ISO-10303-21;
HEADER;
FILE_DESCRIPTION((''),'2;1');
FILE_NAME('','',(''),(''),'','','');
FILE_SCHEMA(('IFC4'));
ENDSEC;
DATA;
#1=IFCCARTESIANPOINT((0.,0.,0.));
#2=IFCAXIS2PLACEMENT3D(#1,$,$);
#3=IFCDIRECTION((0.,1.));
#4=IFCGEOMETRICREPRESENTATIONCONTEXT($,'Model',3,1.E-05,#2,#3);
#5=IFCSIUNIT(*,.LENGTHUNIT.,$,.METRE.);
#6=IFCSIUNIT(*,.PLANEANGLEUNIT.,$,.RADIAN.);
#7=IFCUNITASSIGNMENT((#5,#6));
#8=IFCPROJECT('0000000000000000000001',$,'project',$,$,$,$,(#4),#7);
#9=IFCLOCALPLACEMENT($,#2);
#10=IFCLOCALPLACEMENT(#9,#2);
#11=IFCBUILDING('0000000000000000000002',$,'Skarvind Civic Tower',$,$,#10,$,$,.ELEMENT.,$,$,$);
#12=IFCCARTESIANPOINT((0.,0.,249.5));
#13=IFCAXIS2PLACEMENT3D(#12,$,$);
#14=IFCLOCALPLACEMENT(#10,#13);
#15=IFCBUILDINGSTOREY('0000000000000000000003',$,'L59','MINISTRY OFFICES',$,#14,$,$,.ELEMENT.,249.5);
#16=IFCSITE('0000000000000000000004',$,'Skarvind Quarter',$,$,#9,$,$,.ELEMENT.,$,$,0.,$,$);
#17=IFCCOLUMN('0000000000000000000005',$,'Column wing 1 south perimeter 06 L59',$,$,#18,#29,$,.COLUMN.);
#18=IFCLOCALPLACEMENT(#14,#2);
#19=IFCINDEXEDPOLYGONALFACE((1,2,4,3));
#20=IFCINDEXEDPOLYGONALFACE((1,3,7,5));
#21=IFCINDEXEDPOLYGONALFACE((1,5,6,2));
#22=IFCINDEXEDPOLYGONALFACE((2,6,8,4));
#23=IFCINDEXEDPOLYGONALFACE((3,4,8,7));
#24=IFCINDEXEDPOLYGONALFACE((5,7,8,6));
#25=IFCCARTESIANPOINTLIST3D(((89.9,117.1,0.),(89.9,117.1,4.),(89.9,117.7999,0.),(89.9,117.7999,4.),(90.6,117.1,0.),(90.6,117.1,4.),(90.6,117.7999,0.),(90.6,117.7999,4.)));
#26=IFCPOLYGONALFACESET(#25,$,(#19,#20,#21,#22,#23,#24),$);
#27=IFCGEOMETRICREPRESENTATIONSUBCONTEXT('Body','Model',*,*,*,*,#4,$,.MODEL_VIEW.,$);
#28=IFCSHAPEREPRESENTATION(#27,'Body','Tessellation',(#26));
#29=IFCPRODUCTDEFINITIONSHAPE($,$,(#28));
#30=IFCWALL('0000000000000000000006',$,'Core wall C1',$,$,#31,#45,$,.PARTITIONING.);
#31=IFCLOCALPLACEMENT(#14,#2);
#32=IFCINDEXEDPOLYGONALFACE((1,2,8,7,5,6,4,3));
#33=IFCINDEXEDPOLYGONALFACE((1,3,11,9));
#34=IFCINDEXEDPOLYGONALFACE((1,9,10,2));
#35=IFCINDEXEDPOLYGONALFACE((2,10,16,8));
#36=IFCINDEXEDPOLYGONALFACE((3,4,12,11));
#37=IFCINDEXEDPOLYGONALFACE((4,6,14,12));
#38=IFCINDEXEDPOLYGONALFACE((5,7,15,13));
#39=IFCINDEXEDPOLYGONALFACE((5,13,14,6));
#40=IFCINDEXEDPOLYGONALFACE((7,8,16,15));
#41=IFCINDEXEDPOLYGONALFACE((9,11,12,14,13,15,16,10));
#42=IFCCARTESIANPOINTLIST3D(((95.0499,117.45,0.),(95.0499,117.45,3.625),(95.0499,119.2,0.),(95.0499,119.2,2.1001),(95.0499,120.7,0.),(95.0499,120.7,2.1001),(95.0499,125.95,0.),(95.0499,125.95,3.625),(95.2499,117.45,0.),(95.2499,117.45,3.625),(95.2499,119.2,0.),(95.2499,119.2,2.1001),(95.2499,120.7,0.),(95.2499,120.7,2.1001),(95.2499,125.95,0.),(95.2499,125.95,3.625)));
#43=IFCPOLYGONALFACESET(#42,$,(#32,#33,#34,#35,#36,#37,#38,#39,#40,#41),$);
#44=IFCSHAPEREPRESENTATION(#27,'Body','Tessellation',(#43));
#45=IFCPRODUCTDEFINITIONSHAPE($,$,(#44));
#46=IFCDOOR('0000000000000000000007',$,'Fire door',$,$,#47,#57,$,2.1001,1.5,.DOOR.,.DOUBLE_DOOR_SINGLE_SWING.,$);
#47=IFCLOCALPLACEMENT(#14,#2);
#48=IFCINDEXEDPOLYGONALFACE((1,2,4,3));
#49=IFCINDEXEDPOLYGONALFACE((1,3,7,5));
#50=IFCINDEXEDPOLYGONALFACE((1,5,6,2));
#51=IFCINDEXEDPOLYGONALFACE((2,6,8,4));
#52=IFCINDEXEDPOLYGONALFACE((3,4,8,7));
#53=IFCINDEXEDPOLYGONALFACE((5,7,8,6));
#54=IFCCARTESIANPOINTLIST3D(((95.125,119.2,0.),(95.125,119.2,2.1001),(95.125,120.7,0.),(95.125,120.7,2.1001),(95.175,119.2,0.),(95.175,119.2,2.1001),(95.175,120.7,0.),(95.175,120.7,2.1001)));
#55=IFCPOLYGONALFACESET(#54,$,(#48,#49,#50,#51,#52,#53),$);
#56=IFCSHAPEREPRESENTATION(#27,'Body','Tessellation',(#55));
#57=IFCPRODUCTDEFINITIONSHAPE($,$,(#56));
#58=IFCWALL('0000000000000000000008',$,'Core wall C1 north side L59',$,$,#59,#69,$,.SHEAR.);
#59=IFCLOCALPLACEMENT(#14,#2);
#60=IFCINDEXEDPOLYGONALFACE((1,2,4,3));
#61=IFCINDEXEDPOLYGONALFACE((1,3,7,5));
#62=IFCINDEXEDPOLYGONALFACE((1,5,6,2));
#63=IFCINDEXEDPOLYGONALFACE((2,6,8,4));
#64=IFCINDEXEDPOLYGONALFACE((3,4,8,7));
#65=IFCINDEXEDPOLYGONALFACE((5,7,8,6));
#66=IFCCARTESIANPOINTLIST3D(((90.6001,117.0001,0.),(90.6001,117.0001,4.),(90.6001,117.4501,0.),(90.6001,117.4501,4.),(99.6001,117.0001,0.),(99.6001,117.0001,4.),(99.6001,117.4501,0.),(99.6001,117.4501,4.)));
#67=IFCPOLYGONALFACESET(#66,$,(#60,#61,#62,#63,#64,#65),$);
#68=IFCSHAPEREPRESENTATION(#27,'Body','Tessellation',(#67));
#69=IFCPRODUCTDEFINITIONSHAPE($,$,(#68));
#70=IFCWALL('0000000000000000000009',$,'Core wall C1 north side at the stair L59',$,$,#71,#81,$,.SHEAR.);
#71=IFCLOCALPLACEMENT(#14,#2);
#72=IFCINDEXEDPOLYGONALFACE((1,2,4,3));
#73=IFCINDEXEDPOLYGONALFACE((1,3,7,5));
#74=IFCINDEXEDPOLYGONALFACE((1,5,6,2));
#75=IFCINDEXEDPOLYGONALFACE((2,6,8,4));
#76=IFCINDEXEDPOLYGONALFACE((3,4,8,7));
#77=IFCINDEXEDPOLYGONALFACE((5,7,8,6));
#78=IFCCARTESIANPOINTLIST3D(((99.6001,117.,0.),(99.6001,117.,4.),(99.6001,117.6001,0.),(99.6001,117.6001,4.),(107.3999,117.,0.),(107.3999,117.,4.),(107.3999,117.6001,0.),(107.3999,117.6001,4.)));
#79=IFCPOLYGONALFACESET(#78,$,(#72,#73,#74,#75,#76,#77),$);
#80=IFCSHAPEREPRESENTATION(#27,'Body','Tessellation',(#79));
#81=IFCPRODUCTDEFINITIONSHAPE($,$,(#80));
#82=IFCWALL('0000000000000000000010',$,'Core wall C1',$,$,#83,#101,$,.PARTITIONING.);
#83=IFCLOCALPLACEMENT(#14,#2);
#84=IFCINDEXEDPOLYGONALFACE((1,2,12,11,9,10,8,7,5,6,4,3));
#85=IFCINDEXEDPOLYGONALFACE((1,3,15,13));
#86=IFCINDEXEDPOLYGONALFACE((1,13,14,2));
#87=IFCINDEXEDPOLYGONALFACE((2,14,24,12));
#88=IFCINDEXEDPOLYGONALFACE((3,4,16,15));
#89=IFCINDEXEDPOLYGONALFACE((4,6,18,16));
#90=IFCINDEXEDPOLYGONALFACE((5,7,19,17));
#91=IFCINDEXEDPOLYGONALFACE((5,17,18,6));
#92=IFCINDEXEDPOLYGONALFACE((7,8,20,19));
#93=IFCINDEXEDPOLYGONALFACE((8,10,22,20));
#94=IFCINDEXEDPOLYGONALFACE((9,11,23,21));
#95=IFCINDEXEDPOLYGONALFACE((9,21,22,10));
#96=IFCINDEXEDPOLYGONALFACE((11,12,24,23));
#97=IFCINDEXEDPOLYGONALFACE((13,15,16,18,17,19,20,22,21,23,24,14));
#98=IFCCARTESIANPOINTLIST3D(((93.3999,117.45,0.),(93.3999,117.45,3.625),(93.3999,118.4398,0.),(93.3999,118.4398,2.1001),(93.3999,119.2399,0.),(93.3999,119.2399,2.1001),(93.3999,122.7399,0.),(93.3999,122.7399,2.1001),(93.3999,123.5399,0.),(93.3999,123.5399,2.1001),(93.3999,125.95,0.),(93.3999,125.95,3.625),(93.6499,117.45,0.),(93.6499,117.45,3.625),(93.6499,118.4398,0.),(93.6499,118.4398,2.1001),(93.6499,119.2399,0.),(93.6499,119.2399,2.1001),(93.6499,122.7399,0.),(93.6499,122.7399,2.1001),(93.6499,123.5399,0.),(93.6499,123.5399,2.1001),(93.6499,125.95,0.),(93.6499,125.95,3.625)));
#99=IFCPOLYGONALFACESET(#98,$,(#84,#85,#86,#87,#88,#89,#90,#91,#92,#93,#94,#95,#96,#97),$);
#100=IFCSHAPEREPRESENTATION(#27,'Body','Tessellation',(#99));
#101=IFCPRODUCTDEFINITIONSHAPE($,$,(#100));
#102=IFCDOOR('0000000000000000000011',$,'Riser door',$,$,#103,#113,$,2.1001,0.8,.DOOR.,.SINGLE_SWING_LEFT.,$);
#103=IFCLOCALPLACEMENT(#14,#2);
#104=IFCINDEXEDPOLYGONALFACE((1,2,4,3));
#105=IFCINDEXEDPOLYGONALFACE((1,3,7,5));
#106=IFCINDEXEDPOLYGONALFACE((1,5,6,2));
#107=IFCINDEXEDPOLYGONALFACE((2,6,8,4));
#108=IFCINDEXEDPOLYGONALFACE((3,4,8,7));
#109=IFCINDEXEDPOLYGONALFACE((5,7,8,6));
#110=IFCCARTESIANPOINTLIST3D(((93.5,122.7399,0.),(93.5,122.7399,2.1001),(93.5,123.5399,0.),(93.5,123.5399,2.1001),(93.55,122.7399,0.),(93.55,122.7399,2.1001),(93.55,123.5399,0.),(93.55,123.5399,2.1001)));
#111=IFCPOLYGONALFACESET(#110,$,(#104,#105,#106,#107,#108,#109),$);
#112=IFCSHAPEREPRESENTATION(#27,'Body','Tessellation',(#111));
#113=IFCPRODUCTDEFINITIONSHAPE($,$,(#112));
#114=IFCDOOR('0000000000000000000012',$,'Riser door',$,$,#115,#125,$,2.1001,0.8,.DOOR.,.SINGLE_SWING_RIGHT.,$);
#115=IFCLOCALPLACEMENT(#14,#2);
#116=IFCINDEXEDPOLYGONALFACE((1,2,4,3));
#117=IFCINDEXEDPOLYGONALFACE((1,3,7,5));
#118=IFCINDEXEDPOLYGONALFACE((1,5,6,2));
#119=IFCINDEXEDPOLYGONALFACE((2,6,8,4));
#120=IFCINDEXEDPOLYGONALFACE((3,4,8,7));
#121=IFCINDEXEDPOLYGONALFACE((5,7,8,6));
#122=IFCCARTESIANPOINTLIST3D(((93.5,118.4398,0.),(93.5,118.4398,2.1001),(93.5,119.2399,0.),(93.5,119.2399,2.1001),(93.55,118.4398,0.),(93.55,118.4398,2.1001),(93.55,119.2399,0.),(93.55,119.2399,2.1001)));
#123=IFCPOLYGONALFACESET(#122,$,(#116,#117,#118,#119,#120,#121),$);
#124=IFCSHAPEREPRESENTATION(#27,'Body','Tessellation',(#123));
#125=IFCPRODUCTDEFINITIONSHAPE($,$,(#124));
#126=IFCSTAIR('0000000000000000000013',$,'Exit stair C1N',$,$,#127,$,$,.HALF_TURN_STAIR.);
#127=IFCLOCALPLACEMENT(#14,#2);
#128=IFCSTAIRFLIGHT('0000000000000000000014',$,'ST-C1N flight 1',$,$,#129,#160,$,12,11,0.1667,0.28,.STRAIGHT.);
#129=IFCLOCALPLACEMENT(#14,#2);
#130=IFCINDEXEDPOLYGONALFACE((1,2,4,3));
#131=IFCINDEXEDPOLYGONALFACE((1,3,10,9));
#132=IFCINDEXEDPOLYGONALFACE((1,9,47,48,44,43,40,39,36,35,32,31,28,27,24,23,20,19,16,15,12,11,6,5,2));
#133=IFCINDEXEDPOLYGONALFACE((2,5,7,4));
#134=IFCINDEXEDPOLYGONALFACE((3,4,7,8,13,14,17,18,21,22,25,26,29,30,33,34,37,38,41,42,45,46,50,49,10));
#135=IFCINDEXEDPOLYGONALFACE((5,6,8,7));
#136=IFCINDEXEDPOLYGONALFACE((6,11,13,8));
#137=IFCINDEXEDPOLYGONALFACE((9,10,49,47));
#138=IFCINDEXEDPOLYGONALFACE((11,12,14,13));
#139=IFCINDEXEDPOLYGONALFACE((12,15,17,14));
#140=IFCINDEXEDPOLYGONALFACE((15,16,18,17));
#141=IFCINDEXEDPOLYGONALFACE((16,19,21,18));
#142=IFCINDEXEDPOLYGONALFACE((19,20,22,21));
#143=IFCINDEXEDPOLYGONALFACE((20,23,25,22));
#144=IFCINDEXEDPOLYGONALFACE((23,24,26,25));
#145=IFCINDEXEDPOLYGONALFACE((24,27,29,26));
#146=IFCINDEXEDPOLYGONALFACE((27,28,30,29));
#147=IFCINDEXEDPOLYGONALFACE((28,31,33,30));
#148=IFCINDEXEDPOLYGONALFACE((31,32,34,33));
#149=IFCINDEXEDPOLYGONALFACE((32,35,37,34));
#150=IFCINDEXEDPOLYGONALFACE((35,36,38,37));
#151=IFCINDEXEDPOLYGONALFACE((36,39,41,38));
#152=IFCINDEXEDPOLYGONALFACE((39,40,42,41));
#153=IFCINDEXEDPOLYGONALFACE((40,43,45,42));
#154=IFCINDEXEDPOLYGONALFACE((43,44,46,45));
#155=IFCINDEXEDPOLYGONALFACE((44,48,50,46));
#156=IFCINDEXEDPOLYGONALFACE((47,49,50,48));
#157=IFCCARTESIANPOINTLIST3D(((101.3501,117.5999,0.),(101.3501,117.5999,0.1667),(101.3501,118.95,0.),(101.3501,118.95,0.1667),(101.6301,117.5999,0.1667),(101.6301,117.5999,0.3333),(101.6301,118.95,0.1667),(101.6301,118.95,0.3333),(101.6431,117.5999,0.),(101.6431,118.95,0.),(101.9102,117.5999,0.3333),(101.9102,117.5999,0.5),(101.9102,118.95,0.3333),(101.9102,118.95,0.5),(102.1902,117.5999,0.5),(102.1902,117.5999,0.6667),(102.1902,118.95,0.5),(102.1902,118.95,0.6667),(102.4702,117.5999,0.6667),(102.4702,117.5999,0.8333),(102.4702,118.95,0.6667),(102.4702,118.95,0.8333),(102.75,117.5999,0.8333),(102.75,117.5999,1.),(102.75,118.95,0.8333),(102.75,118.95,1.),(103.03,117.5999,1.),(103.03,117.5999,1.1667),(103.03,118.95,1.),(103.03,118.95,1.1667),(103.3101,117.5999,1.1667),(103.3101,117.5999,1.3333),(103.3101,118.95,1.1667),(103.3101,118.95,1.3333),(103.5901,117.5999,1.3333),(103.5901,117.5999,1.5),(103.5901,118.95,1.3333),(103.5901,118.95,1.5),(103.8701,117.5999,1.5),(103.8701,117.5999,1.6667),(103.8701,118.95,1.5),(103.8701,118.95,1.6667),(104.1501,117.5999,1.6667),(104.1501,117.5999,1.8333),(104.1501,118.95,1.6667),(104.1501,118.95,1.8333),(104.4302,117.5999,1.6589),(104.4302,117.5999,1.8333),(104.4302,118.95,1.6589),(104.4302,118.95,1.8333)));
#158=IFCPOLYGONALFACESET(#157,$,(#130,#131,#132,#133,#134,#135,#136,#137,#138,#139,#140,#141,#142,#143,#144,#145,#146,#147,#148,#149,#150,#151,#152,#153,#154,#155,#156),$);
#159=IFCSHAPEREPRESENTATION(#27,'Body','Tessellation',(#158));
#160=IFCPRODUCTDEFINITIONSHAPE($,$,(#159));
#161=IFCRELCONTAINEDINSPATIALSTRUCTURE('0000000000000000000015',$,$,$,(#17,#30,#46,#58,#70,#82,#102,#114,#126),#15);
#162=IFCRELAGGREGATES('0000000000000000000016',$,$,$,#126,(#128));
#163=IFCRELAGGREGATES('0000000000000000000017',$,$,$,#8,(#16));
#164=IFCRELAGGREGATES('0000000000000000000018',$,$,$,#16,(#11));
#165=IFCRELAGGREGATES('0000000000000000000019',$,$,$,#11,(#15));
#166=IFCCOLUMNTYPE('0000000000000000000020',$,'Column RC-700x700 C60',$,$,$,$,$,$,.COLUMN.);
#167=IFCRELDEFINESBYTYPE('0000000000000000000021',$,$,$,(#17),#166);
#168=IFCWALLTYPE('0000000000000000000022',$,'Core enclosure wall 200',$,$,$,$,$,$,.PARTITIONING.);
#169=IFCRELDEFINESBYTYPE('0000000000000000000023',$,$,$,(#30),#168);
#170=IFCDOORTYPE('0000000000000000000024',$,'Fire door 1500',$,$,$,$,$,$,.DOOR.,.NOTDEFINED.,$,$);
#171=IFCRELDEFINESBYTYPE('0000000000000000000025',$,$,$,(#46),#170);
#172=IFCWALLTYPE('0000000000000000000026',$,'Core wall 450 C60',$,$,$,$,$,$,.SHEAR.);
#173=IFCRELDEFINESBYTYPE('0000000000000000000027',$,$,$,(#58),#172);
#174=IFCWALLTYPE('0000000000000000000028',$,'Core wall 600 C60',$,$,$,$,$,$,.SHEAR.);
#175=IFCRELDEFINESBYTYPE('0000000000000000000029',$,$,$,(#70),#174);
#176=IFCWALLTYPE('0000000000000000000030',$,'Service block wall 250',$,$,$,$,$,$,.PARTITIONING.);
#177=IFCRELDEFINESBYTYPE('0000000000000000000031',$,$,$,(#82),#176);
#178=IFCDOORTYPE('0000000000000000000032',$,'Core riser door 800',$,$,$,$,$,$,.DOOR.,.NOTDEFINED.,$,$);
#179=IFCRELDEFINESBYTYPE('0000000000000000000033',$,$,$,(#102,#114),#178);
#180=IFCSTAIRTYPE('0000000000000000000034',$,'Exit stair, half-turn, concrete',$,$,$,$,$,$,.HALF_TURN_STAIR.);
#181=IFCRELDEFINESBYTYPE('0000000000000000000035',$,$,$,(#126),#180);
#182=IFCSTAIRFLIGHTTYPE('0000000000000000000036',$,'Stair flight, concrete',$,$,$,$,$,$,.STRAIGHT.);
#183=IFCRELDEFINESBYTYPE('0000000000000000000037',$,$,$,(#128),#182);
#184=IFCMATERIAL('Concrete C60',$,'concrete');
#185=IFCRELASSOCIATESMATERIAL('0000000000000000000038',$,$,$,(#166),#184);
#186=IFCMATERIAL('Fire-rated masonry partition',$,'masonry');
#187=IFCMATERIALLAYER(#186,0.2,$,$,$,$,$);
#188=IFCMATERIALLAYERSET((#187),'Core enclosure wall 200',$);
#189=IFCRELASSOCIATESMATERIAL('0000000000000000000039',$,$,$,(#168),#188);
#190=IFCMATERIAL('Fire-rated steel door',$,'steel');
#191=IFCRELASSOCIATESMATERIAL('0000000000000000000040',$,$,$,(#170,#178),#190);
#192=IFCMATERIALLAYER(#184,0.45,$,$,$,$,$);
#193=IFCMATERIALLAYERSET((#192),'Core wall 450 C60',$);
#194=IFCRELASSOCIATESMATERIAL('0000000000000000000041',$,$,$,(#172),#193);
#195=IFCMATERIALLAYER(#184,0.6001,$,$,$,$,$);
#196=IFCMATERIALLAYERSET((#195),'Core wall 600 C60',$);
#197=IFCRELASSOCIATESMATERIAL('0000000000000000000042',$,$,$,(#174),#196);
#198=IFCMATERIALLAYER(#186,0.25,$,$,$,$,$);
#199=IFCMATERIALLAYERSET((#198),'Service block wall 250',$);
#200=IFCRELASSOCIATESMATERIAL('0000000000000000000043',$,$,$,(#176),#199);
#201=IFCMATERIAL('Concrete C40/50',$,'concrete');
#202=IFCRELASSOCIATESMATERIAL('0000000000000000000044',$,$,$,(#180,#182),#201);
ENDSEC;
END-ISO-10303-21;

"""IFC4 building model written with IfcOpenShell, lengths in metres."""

from ifc_helpers import new_model, si_unit, direction, frame, frame_2d, origin, origin_2d, place, context, subcontext, project, spatial, polyline, rectangle, outline, extrude, material, layer, layer_set, material_profile, profile_set, type_object, element, fill, aggregate, save


model = new_model("IFC4")

# Units and contexts
model_context = context("Model", 3, precision=1e-05, world=origin(), true_north=direction((0.0, 1.0)))
body_context = subcontext(model_context, "Body", "Model", "MODEL_VIEW")
ifc_project = project(units=[si_unit("LENGTHUNIT", "METRE"), si_unit("PLANEANGLEUNIT", "RADIAN")], contexts=[model_context])

# Site, building, storey
site_placement = place(None, origin())
site = spatial("IfcSite", under=ifc_project, at=site_placement, Name="Skarvind Quarter", CompositionType="ELEMENT", RefElevation=0.0)
building_placement = place(site_placement, origin())
building = spatial("IfcBuilding", under=site, at=building_placement, Name="Skarvind Civic Tower", CompositionType="ELEMENT")
storey_placement = place(building_placement, frame((0.0, 0.0, 249.5)))
storey = spatial("IfcBuildingStorey", under=building, at=storey_placement, Name="L59", Description="MINISTRY OFFICES", CompositionType="ELEMENT", Elevation=249.5)

# Column
ifc_material_1 = material(Name="Concrete C60", Category="concrete")
ifc_material_profile = material_profile(ifc_material_1, rectangle(XDim=0.7, YDim=0.7, at=origin_2d()), Name="RC-700x700")
ifc_profile_set = profile_set([ifc_material_profile], Name="Concrete C60")
column_type = type_object("IfcColumnType", Name="Column RC-700x700 C60", PredefinedType="COLUMN", material=ifc_profile_set)
column_placement = place(storey_placement, frame((90.25, 117.45, 0.0), z_axis=(0.0, 0.0, 1.0), x_axis=(1.0, 0.0, 0.0)))
element("IfcColumn", 1, at=column_placement, inside=storey, type_object=column_type, Name="Column wing 1 south perimeter 06 L59", PredefinedType="COLUMN", context=body_context, shape_type="SweptSolid", body=[
    extrude(rectangle(XDim=0.7, YDim=0.7, at=origin_2d()), origin(), (0.0, 0.0, 1.0), 4.0),
])

# Wall, opening, door
ifc_material_2 = material(Name="Fire-rated masonry partition", Category="masonry")
ifc_layer_1 = layer(ifc_material_2, 0.2)
ifc_layer_set_1 = layer_set([ifc_layer_1], Name="Core enclosure wall 200")
wall_type_1 = type_object("IfcWallType", Name="Core enclosure wall 200", PredefinedType="PARTITIONING", material=ifc_layer_set_1)
wall_1_placement = place(storey_placement, frame((95.1499, 117.45, 0.0), z_axis=(0.0, 0.0, 1.0), x_axis=(0.0, 1.0, 0.0)))
wall_1 = element("IfcWall", 2, at=wall_1_placement, inside=storey, type_object=wall_type_1, Name="Core wall C1", PredefinedType="PARTITIONING", context=body_context, shape_type="SweptSolid", body=[
    extrude(rectangle(XDim=8.5, YDim=0.2, at=frame_2d((4.25, 0.0))), origin(), (0.0, 0.0, 1.0), 3.625),
])
opening_1_placement = place(wall_1_placement, frame((1.75, 0.0, 0.0)))
opening_1 = element("IfcOpeningElement", 3, at=opening_1_placement, cuts=wall_1, PredefinedType="OPENING", context=body_context, shape_type="SweptSolid", body=[
    extrude(rectangle(XDim=1.5, YDim=2.1001, at=frame_2d((0.75, 1.05))), frame((0.0, 0.1099, 0.0), z_axis=(0.0, -1.0, 0.0), x_axis=(1.0, 0.0, 0.0)), (0.0, 0.0, 1.0), 0.22),
])
ifc_material_3 = material(Name="Fire-rated steel door", Category="steel")
door_type_1 = type_object("IfcDoorType", Name="Fire door 1500", OperationType="NOTDEFINED", PredefinedType="DOOR", material=ifc_material_3)
door_1_placement = place(opening_1_placement, origin())
door_1 = element("IfcDoor", 4, at=door_1_placement, inside=storey, type_object=door_type_1, Name="Fire door", OperationType="DOUBLE_DOOR_SINGLE_SWING", OverallHeight=2.1001, OverallWidth=1.5, PredefinedType="DOOR", context=body_context, shape_type="SweptSolid", body=[
    extrude(rectangle(XDim=1.5, YDim=2.1001, at=frame_2d((0.75, 1.05))), frame((0.0, 0.0249, 0.0), z_axis=(0.0, -1.0, 0.0), x_axis=(1.0, 0.0, 0.0)), (0.0, 0.0, 1.0), 0.05),
])
fill(opening_1, door_1)

# Walls
ifc_layer_2 = layer(ifc_material_1, 0.45)
ifc_layer_set_2 = layer_set([ifc_layer_2], Name="Core wall 450 C60")
wall_type_2 = type_object("IfcWallType", Name="Core wall 450 C60", PredefinedType="SHEAR", material=ifc_layer_set_2)
wall_2_placement = place(storey_placement, frame((99.6001, 117.2251, 0.0), z_axis=(0.0, 0.0, 1.0), x_axis=(-1.0, 0.0, 0.0)))
element("IfcWall", 5, at=wall_2_placement, inside=storey, type_object=wall_type_2, Name="Core wall C1 north side L59", PredefinedType="SHEAR", context=body_context, shape_type="SweptSolid", body=[
    extrude(rectangle(XDim=9.0, YDim=0.45, at=frame_2d((4.5, 0.0))), origin(), (0.0, 0.0, 1.0), 4.0),
])
ifc_layer_3 = layer(ifc_material_1, 0.6001)
ifc_layer_set_3 = layer_set([ifc_layer_3], Name="Core wall 600 C60")
wall_type_3 = type_object("IfcWallType", Name="Core wall 600 C60", PredefinedType="SHEAR", material=ifc_layer_set_3)
wall_3_placement = place(storey_placement, frame((107.3999, 117.3, 0.0), z_axis=(0.0, 0.0, 1.0), x_axis=(-1.0, 0.0, 0.0)))
element("IfcWall", 6, at=wall_3_placement, inside=storey, type_object=wall_type_3, Name="Core wall C1 north side at the stair L59", PredefinedType="SHEAR", context=body_context, shape_type="SweptSolid", body=[
    extrude(rectangle(XDim=7.7998, YDim=0.6001, at=frame_2d((3.8999, 0.0))), origin(), (0.0, 0.0, 1.0), 4.0),
])

# Wall, openings, doors
ifc_layer_4 = layer(ifc_material_2, 0.25)
ifc_layer_set_4 = layer_set([ifc_layer_4], Name="Service block wall 250")
wall_type_4 = type_object("IfcWallType", Name="Service block wall 250", PredefinedType="PARTITIONING", material=ifc_layer_set_4)
wall_4_placement = place(storey_placement, frame((93.5249, 117.45, 0.0), z_axis=(0.0, 0.0, 1.0), x_axis=(0.0, 1.0, 0.0)))
wall_4 = element("IfcWall", 7, at=wall_4_placement, inside=storey, type_object=wall_type_4, Name="Core wall C1", PredefinedType="PARTITIONING", context=body_context, shape_type="SweptSolid", body=[
    extrude(rectangle(XDim=8.5, YDim=0.25, at=frame_2d((4.25, 0.0))), origin(), (0.0, 0.0, 1.0), 3.625),
])
opening_2_placement = place(wall_4_placement, frame((5.29, 0.0, 0.0)))
opening_2 = element("IfcOpeningElement", 8, at=opening_2_placement, cuts=wall_4, PredefinedType="OPENING", context=body_context, shape_type="SweptSolid", body=[
    extrude(rectangle(XDim=0.8, YDim=2.1001, at=frame_2d((0.3999, 1.05))), frame((0.0, 0.135, 0.0), z_axis=(0.0, -1.0, 0.0), x_axis=(1.0, 0.0, 0.0)), (0.0, 0.0, 1.0), 0.27),
])
opening_3_placement = place(wall_4_placement, frame((0.99, 0.0, 0.0)))
opening_3 = element("IfcOpeningElement", 9, at=opening_3_placement, cuts=wall_4, PredefinedType="OPENING", context=body_context, shape_type="SweptSolid", body=[
    extrude(rectangle(XDim=0.8, YDim=2.1001, at=frame_2d((0.3999, 1.05))), frame((0.0, 0.135, 0.0), z_axis=(0.0, -1.0, 0.0), x_axis=(1.0, 0.0, 0.0)), (0.0, 0.0, 1.0), 0.27),
])
door_type_2 = type_object("IfcDoorType", Name="Core riser door 800", OperationType="NOTDEFINED", PredefinedType="DOOR", material=ifc_material_3)
door_2_placement = place(opening_2_placement, origin())
door_2 = element("IfcDoor", 10, at=door_2_placement, inside=storey, type_object=door_type_2, Name="Riser door", OperationType="SINGLE_SWING_LEFT", OverallHeight=2.1001, OverallWidth=0.8, PredefinedType="DOOR", context=body_context, shape_type="SweptSolid", body=[
    extrude(rectangle(XDim=0.8, YDim=2.1001, at=frame_2d((0.3999, 1.05))), frame((0.0, 0.0249, 0.0), z_axis=(0.0, -1.0, 0.0), x_axis=(1.0, 0.0, 0.0)), (0.0, 0.0, 1.0), 0.05),
])
fill(opening_2, door_2)
door_3_placement = place(opening_3_placement, origin())
door_3 = element("IfcDoor", 11, at=door_3_placement, inside=storey, type_object=door_type_2, Name="Riser door", OperationType="SINGLE_SWING_RIGHT", OverallHeight=2.1001, OverallWidth=0.8, PredefinedType="DOOR", context=body_context, shape_type="SweptSolid", body=[
    extrude(rectangle(XDim=0.8, YDim=2.1001, at=frame_2d((0.3999, 1.05))), frame((0.0, 0.0249, 0.0), z_axis=(0.0, -1.0, 0.0), x_axis=(1.0, 0.0, 0.0)), (0.0, 0.0, 1.0), 0.05),
])
fill(opening_3, door_3)

# Stair, stair flight
ifc_material_4 = material(Name="Concrete C40/50", Category="concrete")
stair_type = type_object("IfcStairType", Name="Exit stair, half-turn, concrete", PredefinedType="HALF_TURN_STAIR", material=ifc_material_4)
stair_placement = place(storey_placement, origin())
stair = element("IfcStair", 12, at=stair_placement, inside=storey, type_object=stair_type, Name="Exit stair C1N", PredefinedType="HALF_TURN_STAIR")
stair_flight_type = type_object("IfcStairFlightType", Name="Stair flight, concrete", PredefinedType="STRAIGHT", material=ifc_material_4)
stair_flight_placement = place(storey_placement, frame((101.3501, 118.2749, 0.0), z_axis=(0.0, 0.0, 1.0), x_axis=(1.0, 0.0, 0.0)))
stair_flight = element("IfcStairFlight", 13, at=stair_flight_placement, type_object=stair_flight_type, Name="ST-C1N flight 1", NumberOfRisers=12, NumberOfTreads=11, PredefinedType="STRAIGHT", RiserHeight=0.1667, TreadLength=0.28, context=body_context, shape_type="SweptSolid", body=[
    extrude(outline(polyline([(0.0, 0.0), (0.0, 0.1667), (0.28, 0.1667), (0.28, 0.3333), (0.5601, 0.3333), (0.5601, 0.5), (0.8401, 0.5), (0.8401, 0.6667), (1.1201, 0.6667), (1.1201, 0.8333), (1.3999, 0.8333), (1.3999, 1.0), (1.6799, 1.0), (1.6799, 1.1667), (1.96, 1.1667), (1.96, 1.3333), (2.24, 1.3333), (2.24, 1.5), (2.52, 1.5), (2.52, 1.6667), (2.8, 1.6667), (2.8, 1.8333), (3.0801, 1.8333), (3.0801, 2.0), (3.0801, 1.6589), (0.293, 0.0), (0.0, 0.0)])), frame((0.0, 0.675, 0.0), z_axis=(0.0, -1.0, 0.0), x_axis=(1.0, 0.0, 0.0)), (0.0, 0.0, 1.0), 1.3501),
])
aggregate(stair, [stair_flight])

save(model, "model.ifc")
